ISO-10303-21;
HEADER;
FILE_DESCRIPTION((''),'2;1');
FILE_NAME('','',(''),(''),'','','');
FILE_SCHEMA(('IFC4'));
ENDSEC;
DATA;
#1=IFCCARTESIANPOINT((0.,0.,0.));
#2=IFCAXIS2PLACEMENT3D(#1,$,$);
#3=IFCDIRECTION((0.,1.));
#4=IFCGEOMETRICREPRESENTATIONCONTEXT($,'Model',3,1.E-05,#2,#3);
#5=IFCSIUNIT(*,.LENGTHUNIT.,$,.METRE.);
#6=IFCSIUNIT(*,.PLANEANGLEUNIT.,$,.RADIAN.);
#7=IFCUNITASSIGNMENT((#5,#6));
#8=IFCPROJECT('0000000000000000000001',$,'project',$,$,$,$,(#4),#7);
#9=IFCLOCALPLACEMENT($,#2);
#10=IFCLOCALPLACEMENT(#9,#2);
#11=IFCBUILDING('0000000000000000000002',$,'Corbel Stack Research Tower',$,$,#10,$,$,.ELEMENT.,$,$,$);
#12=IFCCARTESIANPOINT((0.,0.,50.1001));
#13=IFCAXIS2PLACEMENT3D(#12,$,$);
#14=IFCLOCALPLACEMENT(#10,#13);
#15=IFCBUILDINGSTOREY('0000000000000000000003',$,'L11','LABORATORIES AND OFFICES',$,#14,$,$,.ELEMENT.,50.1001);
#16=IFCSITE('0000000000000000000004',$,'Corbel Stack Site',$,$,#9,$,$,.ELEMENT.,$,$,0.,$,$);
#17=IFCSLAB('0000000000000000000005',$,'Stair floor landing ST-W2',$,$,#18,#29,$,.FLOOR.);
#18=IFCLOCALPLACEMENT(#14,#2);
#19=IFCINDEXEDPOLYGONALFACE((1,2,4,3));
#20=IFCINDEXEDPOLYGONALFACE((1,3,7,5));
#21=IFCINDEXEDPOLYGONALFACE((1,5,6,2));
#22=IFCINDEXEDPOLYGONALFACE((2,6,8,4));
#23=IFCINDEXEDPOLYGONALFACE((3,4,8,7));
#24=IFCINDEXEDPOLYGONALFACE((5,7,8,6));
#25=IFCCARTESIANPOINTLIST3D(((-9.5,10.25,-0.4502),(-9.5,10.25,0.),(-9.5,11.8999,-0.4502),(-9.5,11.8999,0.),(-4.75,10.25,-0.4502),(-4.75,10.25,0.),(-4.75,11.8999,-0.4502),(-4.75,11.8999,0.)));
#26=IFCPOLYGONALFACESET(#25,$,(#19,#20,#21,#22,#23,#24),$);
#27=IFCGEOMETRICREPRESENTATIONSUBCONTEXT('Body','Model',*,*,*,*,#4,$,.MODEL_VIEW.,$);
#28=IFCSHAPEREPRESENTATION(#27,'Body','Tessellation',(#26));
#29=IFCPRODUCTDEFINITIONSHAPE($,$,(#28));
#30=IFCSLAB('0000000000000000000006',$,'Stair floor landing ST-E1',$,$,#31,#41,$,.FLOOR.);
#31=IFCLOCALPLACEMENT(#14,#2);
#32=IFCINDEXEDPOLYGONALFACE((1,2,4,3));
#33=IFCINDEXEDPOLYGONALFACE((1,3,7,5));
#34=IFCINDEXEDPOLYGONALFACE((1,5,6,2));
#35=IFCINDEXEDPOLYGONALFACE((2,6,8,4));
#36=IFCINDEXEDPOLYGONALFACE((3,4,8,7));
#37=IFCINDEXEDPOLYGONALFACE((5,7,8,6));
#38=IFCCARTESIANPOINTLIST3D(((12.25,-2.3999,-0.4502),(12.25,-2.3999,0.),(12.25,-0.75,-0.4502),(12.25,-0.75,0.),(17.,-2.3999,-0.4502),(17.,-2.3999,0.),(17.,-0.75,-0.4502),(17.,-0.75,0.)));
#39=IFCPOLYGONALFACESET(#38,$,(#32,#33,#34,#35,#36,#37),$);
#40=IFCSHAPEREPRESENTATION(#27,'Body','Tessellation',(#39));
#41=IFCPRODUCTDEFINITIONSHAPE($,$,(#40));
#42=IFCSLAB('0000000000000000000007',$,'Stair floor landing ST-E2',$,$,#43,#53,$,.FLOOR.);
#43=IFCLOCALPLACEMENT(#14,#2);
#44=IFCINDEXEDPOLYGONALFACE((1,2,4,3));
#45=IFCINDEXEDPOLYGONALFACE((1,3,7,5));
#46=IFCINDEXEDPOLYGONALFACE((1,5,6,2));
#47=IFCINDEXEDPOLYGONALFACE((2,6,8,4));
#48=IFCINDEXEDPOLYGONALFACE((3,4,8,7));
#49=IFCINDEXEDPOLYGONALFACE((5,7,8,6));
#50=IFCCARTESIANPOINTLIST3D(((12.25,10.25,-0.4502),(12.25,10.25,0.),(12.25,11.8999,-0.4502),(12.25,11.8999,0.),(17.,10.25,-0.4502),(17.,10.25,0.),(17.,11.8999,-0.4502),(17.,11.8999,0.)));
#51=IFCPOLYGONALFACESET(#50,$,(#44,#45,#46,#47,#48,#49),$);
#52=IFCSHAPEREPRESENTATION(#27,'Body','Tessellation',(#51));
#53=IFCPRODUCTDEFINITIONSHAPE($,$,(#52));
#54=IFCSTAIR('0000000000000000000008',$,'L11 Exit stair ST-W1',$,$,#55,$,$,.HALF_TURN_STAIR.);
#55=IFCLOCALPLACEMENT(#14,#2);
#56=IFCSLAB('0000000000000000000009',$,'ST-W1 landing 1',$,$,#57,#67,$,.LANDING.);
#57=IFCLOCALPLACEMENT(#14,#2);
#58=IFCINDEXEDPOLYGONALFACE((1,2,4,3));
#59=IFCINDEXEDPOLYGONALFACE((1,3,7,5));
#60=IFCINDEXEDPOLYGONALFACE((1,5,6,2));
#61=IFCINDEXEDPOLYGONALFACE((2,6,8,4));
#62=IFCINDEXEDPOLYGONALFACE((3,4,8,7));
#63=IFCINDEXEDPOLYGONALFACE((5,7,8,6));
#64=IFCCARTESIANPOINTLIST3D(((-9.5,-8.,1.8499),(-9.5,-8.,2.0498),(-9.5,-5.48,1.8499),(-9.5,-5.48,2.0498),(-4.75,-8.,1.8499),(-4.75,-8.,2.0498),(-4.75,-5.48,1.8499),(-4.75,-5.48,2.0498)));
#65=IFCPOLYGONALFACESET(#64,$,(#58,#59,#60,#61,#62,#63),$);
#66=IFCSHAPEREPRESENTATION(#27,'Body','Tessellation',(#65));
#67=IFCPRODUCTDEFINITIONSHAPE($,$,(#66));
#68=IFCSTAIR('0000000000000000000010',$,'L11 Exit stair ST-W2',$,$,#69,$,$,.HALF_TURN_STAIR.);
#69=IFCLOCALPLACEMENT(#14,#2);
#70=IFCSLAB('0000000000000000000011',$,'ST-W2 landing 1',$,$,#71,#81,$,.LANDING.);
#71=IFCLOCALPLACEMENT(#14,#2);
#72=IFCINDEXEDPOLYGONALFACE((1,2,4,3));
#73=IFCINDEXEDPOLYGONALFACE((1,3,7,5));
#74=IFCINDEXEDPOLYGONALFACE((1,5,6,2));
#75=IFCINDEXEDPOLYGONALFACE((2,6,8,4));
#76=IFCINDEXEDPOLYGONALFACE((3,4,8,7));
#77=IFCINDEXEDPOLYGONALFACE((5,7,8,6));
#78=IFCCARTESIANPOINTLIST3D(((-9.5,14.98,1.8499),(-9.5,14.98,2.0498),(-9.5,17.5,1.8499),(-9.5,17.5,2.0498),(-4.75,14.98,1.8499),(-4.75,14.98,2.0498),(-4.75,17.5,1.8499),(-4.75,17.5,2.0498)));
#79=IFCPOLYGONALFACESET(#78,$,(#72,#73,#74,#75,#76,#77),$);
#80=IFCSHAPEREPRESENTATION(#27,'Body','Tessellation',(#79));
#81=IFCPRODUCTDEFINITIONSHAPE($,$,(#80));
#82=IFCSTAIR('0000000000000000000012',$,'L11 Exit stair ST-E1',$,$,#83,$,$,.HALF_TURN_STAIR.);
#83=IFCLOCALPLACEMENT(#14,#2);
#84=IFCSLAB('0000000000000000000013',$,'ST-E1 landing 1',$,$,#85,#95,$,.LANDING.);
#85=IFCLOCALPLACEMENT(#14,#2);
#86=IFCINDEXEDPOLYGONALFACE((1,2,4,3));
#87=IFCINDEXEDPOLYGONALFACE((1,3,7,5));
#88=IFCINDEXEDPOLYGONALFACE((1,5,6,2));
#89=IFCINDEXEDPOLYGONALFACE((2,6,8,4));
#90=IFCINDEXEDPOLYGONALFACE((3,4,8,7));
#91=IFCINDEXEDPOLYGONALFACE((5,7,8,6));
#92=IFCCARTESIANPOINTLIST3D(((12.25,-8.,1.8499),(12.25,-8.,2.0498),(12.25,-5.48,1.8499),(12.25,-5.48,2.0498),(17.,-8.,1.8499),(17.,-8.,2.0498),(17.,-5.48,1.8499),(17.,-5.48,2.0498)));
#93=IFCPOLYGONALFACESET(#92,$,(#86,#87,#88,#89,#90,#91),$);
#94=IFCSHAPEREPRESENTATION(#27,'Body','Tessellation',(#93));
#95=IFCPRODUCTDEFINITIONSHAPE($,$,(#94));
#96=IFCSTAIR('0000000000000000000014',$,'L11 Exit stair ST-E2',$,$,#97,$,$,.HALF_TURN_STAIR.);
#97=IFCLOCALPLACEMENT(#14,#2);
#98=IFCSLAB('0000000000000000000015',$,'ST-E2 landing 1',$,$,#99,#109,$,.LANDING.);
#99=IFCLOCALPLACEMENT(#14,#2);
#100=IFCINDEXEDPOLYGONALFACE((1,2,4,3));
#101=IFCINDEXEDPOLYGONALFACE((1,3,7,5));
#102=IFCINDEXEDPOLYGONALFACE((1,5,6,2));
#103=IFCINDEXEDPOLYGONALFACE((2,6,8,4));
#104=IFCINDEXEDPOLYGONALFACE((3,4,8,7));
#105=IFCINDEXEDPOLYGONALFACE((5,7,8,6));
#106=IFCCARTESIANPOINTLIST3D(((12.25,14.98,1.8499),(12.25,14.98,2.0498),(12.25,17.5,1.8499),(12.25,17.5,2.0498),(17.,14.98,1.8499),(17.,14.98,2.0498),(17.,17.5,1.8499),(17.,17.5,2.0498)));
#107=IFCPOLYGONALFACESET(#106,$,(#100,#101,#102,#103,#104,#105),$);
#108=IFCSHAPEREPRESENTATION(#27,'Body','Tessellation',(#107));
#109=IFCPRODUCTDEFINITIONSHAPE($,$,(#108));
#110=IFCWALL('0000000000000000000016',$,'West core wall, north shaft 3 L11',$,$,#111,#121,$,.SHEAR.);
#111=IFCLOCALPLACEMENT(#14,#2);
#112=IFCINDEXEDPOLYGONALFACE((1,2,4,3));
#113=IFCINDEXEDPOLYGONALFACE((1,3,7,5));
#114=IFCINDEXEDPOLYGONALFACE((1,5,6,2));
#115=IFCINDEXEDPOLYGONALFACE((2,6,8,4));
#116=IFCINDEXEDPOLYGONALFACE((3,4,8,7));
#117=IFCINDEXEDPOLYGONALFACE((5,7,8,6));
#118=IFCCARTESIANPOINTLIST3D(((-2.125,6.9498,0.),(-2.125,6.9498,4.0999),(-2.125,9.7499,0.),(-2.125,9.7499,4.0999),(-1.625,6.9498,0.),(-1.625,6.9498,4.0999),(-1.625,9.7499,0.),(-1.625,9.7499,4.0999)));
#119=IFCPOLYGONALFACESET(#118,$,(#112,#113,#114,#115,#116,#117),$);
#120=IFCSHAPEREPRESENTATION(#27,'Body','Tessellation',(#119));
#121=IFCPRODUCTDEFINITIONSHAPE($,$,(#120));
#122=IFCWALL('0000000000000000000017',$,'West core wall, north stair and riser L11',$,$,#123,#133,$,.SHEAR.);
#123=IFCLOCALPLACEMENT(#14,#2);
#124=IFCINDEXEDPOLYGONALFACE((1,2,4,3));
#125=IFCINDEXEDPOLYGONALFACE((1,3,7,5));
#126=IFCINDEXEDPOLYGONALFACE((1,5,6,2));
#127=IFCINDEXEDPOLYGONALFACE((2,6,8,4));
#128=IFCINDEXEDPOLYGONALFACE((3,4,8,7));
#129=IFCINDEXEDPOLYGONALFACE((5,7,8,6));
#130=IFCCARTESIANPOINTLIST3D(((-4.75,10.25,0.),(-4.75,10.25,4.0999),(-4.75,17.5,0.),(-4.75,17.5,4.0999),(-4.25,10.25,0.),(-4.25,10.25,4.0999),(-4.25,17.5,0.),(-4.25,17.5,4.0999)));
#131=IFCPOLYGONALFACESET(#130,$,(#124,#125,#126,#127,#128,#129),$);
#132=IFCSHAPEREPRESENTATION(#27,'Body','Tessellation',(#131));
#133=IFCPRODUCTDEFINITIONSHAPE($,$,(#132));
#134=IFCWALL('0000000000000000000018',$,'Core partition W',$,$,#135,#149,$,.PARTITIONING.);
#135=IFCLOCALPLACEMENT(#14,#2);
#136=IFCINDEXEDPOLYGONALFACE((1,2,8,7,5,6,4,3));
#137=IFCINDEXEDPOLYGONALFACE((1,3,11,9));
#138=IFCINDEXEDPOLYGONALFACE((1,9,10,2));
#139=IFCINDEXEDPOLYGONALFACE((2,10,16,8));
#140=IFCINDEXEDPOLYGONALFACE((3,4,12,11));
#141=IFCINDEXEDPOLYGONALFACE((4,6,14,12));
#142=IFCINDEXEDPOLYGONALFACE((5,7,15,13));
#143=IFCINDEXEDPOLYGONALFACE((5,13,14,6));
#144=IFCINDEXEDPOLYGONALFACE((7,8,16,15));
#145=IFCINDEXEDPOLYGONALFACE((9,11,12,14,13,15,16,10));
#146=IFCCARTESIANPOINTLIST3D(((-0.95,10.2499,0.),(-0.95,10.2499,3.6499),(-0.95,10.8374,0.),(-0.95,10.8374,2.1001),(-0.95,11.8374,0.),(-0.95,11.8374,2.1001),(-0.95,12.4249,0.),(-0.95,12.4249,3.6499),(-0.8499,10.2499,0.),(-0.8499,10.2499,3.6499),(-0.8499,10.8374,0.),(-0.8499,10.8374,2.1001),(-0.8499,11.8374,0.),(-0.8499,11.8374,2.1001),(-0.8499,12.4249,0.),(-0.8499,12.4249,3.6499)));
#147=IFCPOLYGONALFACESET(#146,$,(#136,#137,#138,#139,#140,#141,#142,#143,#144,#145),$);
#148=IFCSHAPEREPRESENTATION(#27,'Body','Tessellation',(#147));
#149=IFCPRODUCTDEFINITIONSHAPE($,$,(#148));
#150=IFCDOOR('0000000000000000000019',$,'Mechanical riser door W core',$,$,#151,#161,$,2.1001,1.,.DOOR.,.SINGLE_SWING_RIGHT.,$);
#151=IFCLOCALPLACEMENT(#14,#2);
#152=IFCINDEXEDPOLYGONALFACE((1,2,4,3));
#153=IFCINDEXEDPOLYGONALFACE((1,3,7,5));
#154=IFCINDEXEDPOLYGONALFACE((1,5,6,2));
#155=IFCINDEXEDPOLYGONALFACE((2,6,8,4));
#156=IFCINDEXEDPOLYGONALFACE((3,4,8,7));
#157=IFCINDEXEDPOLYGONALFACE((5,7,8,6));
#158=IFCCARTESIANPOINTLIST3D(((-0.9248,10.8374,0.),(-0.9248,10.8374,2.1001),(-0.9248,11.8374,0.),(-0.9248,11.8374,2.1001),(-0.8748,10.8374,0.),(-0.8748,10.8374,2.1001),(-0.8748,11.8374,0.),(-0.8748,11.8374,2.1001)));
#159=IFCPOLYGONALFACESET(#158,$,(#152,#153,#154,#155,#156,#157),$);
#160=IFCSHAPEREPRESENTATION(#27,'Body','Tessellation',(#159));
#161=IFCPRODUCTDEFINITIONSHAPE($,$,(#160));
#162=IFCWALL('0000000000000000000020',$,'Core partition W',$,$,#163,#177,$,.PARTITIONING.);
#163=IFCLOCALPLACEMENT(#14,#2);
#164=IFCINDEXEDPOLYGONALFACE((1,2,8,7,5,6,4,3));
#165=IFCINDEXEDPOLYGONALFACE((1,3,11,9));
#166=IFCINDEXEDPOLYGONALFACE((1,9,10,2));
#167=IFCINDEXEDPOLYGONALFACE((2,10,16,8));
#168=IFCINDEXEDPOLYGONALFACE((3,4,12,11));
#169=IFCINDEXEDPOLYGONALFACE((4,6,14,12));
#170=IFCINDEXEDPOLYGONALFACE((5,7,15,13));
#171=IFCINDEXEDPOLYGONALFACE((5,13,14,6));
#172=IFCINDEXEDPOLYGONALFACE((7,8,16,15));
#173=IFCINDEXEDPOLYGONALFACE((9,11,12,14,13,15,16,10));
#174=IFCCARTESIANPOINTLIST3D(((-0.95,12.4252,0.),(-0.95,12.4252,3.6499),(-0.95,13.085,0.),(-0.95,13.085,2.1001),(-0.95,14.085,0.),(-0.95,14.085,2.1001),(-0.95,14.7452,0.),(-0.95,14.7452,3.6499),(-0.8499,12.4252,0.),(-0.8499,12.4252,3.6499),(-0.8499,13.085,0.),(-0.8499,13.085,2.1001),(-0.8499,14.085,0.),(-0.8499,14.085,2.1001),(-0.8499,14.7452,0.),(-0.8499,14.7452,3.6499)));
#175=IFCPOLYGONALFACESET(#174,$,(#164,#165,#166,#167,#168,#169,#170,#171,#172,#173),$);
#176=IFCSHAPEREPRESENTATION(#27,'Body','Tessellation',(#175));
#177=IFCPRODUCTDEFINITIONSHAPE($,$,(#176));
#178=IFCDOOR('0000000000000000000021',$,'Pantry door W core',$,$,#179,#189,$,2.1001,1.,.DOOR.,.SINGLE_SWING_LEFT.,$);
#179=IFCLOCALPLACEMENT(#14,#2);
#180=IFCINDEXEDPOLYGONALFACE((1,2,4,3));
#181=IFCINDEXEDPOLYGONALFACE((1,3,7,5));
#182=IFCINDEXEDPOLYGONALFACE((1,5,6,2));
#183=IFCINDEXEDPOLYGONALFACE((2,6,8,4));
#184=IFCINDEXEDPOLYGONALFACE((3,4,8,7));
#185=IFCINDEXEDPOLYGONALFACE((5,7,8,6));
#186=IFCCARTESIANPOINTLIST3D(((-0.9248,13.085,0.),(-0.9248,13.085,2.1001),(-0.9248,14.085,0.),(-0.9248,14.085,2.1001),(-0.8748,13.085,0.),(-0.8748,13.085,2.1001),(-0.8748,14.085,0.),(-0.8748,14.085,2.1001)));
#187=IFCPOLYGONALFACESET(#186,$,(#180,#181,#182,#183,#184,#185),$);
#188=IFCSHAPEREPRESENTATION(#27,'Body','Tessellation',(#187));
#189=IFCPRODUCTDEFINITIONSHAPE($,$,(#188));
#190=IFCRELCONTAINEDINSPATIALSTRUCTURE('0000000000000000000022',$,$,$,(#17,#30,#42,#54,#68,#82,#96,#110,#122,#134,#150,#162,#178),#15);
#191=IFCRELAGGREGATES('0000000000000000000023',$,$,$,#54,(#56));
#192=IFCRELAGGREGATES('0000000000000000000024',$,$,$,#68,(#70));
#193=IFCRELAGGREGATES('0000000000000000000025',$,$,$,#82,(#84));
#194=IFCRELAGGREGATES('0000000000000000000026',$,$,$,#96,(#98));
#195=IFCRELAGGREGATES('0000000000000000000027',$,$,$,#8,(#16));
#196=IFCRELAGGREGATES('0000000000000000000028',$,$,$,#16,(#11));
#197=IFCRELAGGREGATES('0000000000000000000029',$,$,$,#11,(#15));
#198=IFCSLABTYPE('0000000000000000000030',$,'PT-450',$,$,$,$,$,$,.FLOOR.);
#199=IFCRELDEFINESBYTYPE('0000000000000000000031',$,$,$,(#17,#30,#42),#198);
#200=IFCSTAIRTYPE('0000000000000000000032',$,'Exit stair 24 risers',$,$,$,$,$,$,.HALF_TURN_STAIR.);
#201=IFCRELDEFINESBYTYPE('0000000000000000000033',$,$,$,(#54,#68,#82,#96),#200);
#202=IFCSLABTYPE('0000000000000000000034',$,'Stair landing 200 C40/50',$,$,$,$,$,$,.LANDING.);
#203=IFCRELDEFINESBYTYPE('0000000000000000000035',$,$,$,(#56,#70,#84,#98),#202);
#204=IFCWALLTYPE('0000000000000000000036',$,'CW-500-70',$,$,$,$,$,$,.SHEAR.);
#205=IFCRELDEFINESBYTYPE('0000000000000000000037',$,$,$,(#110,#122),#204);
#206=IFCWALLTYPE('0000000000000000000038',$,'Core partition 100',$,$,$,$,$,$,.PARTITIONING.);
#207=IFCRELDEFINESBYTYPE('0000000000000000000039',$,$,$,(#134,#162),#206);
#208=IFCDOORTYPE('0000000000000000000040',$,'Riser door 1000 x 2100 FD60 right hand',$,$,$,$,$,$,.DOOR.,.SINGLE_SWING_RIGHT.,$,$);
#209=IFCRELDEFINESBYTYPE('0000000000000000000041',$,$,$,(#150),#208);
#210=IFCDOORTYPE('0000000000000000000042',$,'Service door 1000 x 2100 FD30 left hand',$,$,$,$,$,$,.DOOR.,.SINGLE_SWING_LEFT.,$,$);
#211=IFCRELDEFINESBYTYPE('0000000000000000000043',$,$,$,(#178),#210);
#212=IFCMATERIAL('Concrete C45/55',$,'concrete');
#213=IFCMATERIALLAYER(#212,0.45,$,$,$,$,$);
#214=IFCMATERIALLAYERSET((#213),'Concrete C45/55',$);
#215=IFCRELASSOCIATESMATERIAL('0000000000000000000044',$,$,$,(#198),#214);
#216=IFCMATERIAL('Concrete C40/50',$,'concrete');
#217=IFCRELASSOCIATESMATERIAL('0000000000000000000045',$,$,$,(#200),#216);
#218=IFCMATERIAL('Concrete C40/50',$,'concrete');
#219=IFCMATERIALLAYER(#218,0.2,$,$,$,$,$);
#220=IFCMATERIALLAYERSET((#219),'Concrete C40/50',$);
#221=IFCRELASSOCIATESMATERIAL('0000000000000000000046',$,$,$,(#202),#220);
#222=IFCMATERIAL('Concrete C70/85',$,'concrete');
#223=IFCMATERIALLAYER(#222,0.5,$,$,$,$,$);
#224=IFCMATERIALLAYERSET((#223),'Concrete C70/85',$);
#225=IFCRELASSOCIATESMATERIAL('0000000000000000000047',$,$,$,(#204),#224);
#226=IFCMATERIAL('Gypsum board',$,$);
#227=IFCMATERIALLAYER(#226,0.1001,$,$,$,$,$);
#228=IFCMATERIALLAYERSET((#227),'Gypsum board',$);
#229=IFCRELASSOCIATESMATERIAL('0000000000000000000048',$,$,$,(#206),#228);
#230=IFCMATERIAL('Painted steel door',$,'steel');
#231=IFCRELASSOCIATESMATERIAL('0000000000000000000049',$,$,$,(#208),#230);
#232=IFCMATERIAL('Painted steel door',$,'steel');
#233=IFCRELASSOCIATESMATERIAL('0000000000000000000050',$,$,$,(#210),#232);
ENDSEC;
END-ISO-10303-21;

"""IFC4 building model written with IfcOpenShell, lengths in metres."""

from ifc_helpers import new_model, si_unit, direction, frame, frame_2d, origin, place, context, subcontext, project, spatial, polyline, rectangle, outline, extrude, material, layer, layer_set, type_object, element, fill, aggregate, save


model = new_model("IFC4")

# Units and contexts
model_context = context("Model", 3, precision=1e-05, world=origin(), true_north=direction((0.0, 1.0)))
body_context = subcontext(model_context, "Body", "Model", "MODEL_VIEW")
ifc_project = project(units=[si_unit("LENGTHUNIT", "METRE"), si_unit("PLANEANGLEUNIT", "RADIAN")], contexts=[model_context])

# Site, building, storey
site_placement = place(None, origin())
site = spatial("IfcSite", under=ifc_project, at=site_placement, Name="Corbel Stack Site", CompositionType="ELEMENT", RefElevation=0.0)
building_placement = place(site_placement, origin())
building = spatial("IfcBuilding", under=site, at=building_placement, Name="Corbel Stack Research Tower", CompositionType="ELEMENT")
storey_placement = place(building_placement, frame((0.0, 0.0, 50.1001)))
storey = spatial("IfcBuildingStorey", under=building, at=storey_placement, Name="L11", Description="LABORATORIES AND OFFICES", CompositionType="ELEMENT", Elevation=50.1001)

# Slabs
ifc_material_1 = material(Name="Concrete C45/55", Category="concrete")
ifc_layer_1 = layer(ifc_material_1, 0.45)
ifc_layer_set_1 = layer_set([ifc_layer_1], Name="Concrete C45/55")
slab_type_1 = type_object("IfcSlabType", Name="PT-450", PredefinedType="FLOOR", material=ifc_layer_set_1)
slab_1_placement = place(storey_placement, frame((0.0, 0.0, -0.4502)))
element("IfcSlab", 1, at=slab_1_placement, inside=storey, type_object=slab_type_1, Name="Stair floor landing ST-W2", PredefinedType="FLOOR", context=body_context, shape_type="SweptSolid", body=[
    extrude(outline(polyline([(-9.5, 10.25), (-4.75, 10.25), (-4.75, 11.8999), (-9.5, 11.8999), (-9.5, 10.25)])), origin(), (0.0, 0.0, 1.0), 0.4502),
])
slab_2_placement = place(storey_placement, frame((0.0, 0.0, -0.4502)))
element("IfcSlab", 2, at=slab_2_placement, inside=storey, type_object=slab_type_1, Name="Stair floor landing ST-E1", PredefinedType="FLOOR", context=body_context, shape_type="SweptSolid", body=[
    extrude(outline(polyline([(12.25, -2.3999), (17.0, -2.3999), (17.0, -0.75), (12.25, -0.75), (12.25, -2.3999)])), origin(), (0.0, 0.0, 1.0), 0.4502),
])
slab_3_placement = place(storey_placement, frame((0.0, 0.0, -0.4502)))
element("IfcSlab", 3, at=slab_3_placement, inside=storey, type_object=slab_type_1, Name="Stair floor landing ST-E2", PredefinedType="FLOOR", context=body_context, shape_type="SweptSolid", body=[
    extrude(outline(polyline([(12.25, 10.25), (17.0, 10.25), (17.0, 11.8999), (12.25, 11.8999), (12.25, 10.25)])), origin(), (0.0, 0.0, 1.0), 0.4502),
])

# Stairs, slabs
ifc_material_2 = material(Name="Concrete C40/50", Category="concrete")
stair_type = type_object("IfcStairType", Name="Exit stair 24 risers", PredefinedType="HALF_TURN_STAIR", material=ifc_material_2)
stair_1_placement = place(storey_placement, origin())
stair_1 = element("IfcStair", 4, at=stair_1_placement, inside=storey, type_object=stair_type, Name="L11 Exit stair ST-W1", PredefinedType="HALF_TURN_STAIR")
ifc_material_3 = material(Name="Concrete C40/50", Category="concrete")
ifc_layer_2 = layer(ifc_material_3, 0.2)
ifc_layer_set_2 = layer_set([ifc_layer_2], Name="Concrete C40/50")
slab_type_2 = type_object("IfcSlabType", Name="Stair landing 200 C40/50", PredefinedType="LANDING", material=ifc_layer_set_2)
slab_4_placement = place(storey_placement, frame((0.0, 0.0, 1.8499)))
slab_4 = element("IfcSlab", 5, at=slab_4_placement, type_object=slab_type_2, Name="ST-W1 landing 1", PredefinedType="LANDING", context=body_context, shape_type="SweptSolid", body=[
    extrude(outline(polyline([(-9.5, -8.0), (-9.5, -5.48), (-4.75, -5.48), (-4.75, -8.0), (-9.5, -8.0)])), origin(), (0.0, 0.0, 1.0), 0.2),
])
aggregate(stair_1, [slab_4])
stair_2_placement = place(storey_placement, origin())
stair_2 = element("IfcStair", 6, at=stair_2_placement, inside=storey, type_object=stair_type, Name="L11 Exit stair ST-W2", PredefinedType="HALF_TURN_STAIR")
slab_5_placement = place(storey_placement, frame((0.0, 0.0, 1.8499)))
slab_5 = element("IfcSlab", 7, at=slab_5_placement, type_object=slab_type_2, Name="ST-W2 landing 1", PredefinedType="LANDING", context=body_context, shape_type="SweptSolid", body=[
    extrude(outline(polyline([(-9.5, 14.98), (-9.5, 17.5), (-4.75, 17.5), (-4.75, 14.98), (-9.5, 14.98)])), origin(), (0.0, 0.0, 1.0), 0.2),
])
aggregate(stair_2, [slab_5])
stair_3_placement = place(storey_placement, origin())
stair_3 = element("IfcStair", 8, at=stair_3_placement, inside=storey, type_object=stair_type, Name="L11 Exit stair ST-E1", PredefinedType="HALF_TURN_STAIR")
slab_6_placement = place(storey_placement, frame((0.0, 0.0, 1.8499)))
slab_6 = element("IfcSlab", 9, at=slab_6_placement, type_object=slab_type_2, Name="ST-E1 landing 1", PredefinedType="LANDING", context=body_context, shape_type="SweptSolid", body=[
    extrude(outline(polyline([(12.25, -8.0), (12.25, -5.48), (17.0, -5.48), (17.0, -8.0), (12.25, -8.0)])), origin(), (0.0, 0.0, 1.0), 0.2),
])
aggregate(stair_3, [slab_6])
stair_4_placement = place(storey_placement, origin())
stair_4 = element("IfcStair", 10, at=stair_4_placement, inside=storey, type_object=stair_type, Name="L11 Exit stair ST-E2", PredefinedType="HALF_TURN_STAIR")
slab_7_placement = place(storey_placement, frame((0.0, 0.0, 1.8499)))
slab_7 = element("IfcSlab", 11, at=slab_7_placement, type_object=slab_type_2, Name="ST-E2 landing 1", PredefinedType="LANDING", context=body_context, shape_type="SweptSolid", body=[
    extrude(outline(polyline([(12.25, 14.98), (12.25, 17.5), (17.0, 17.5), (17.0, 14.98), (12.25, 14.98)])), origin(), (0.0, 0.0, 1.0), 0.2),
])
aggregate(stair_4, [slab_7])

# Walls
ifc_material_4 = material(Name="Concrete C70/85", Category="concrete")
ifc_layer_3 = layer(ifc_material_4, 0.5)
ifc_layer_set_3 = layer_set([ifc_layer_3], Name="Concrete C70/85")
wall_type_1 = type_object("IfcWallType", Name="CW-500-70", PredefinedType="SHEAR", material=ifc_layer_set_3)
wall_1_placement = place(storey_placement, frame((-1.875, 6.95, 0.0), z_axis=(0.0, 0.0, 1.0), x_axis=(0.0, 1.0, 0.0)))
element("IfcWall", 12, at=wall_1_placement, inside=storey, type_object=wall_type_1, Name="West core wall, north shaft 3 L11", PredefinedType="SHEAR", context=body_context, shape_type="SweptSolid", body=[
    extrude(rectangle(XDim=2.8, YDim=0.5, at=frame_2d((1.3999, 0.0))), origin(), (0.0, 0.0, 1.0), 4.0999),
])
wall_2_placement = place(storey_placement, frame((-4.5, 10.25, 0.0), z_axis=(0.0, 0.0, 1.0), x_axis=(0.0, 1.0, 0.0)))
element("IfcWall", 13, at=wall_2_placement, inside=storey, type_object=wall_type_1, Name="West core wall, north stair and riser L11", PredefinedType="SHEAR", context=body_context, shape_type="SweptSolid", body=[
    extrude(rectangle(XDim=7.25, YDim=0.5, at=frame_2d((3.625, 0.0))), origin(), (0.0, 0.0, 1.0), 4.0999),
])

# Walls, openings, doors
ifc_material_5 = material(Name="Gypsum board")
ifc_layer_4 = layer(ifc_material_5, 0.1001)
ifc_layer_set_4 = layer_set([ifc_layer_4], Name="Gypsum board")
wall_type_2 = type_object("IfcWallType", Name="Core partition 100", PredefinedType="PARTITIONING", material=ifc_layer_set_4)
wall_3_placement = place(storey_placement, frame((-0.8999, 10.25, 0.0), z_axis=(0.0, 0.0, 1.0), x_axis=(0.0, 1.0, 0.0)))
wall_3 = element("IfcWall", 14, at=wall_3_placement, inside=storey, type_object=wall_type_2, Name="Core partition W", PredefinedType="PARTITIONING", context=body_context, shape_type="SweptSolid", body=[
    extrude(rectangle(XDim=2.175, YDim=0.1001, at=frame_2d((1.0874, 0.0))), origin(), (0.0, 0.0, 1.0), 3.6499),
])
opening_1_placement = place(wall_3_placement, frame((0.5874, 0.0, 0.0)))
opening_1 = element("IfcOpeningElement", 15, at=opening_1_placement, cuts=wall_3, PredefinedType="OPENING", context=body_context, shape_type="SweptSolid", body=[
    extrude(rectangle(XDim=1.0, YDim=2.1001, at=frame_2d((0.5, 1.05))), frame((0.0, 0.0601, 0.0), z_axis=(0.0, -1.0, 0.0), x_axis=(1.0, 0.0, 0.0)), (0.0, 0.0, 1.0), 0.1201),
])
ifc_material_6 = material(Name="Painted steel door", Category="steel")
door_type_1 = type_object("IfcDoorType", Name="Riser door 1000 x 2100 FD60 right hand", OperationType="SINGLE_SWING_RIGHT", PredefinedType="DOOR", material=ifc_material_6)
door_1_placement = place(opening_1_placement, origin())
door_1 = element("IfcDoor", 16, at=door_1_placement, inside=storey, type_object=door_type_1, Name="Mechanical riser door W core", OperationType="SINGLE_SWING_RIGHT", OverallHeight=2.1001, OverallWidth=1.0, PredefinedType="DOOR", context=body_context, shape_type="SweptSolid", body=[
    extrude(rectangle(XDim=1.0, YDim=2.1001, at=frame_2d((0.5, 1.05))), frame((0.0, 0.0249, 0.0), z_axis=(0.0, -1.0, 0.0), x_axis=(1.0, 0.0, 0.0)), (0.0, 0.0, 1.0), 0.05),
])
fill(opening_1, door_1)
wall_4_placement = place(storey_placement, frame((-0.8999, 12.425, 0.0), z_axis=(0.0, 0.0, 1.0), x_axis=(0.0, 1.0, 0.0)))
wall_4 = element("IfcWall", 17, at=wall_4_placement, inside=storey, type_object=wall_type_2, Name="Core partition W", PredefinedType="PARTITIONING", context=body_context, shape_type="SweptSolid", body=[
    extrude(rectangle(XDim=2.3201, YDim=0.1001, at=frame_2d((1.1602, 0.0))), origin(), (0.0, 0.0, 1.0), 3.6499),
])
opening_2_placement = place(wall_4_placement, frame((0.6599, 0.0, 0.0)))
opening_2 = element("IfcOpeningElement", 18, at=opening_2_placement, cuts=wall_4, PredefinedType="OPENING", context=body_context, shape_type="SweptSolid", body=[
    extrude(rectangle(XDim=1.0, YDim=2.1001, at=frame_2d((0.5, 1.05))), frame((0.0, 0.0601, 0.0), z_axis=(0.0, -1.0, 0.0), x_axis=(1.0, 0.0, 0.0)), (0.0, 0.0, 1.0), 0.1201),
])
ifc_material_7 = material(Name="Painted steel door", Category="steel")
door_type_2 = type_object("IfcDoorType", Name="Service door 1000 x 2100 FD30 left hand", OperationType="SINGLE_SWING_LEFT", PredefinedType="DOOR", material=ifc_material_7)
door_2_placement = place(opening_2_placement, origin())
door_2 = element("IfcDoor", 19, at=door_2_placement, inside=storey, type_object=door_type_2, Name="Pantry door W core", OperationType="SINGLE_SWING_LEFT", OverallHeight=2.1001, OverallWidth=1.0, PredefinedType="DOOR", context=body_context, shape_type="SweptSolid", body=[
    extrude(rectangle(XDim=1.0, YDim=2.1001, at=frame_2d((0.5, 1.05))), frame((0.0, 0.0249, 0.0), z_axis=(0.0, -1.0, 0.0), x_axis=(1.0, 0.0, 0.0)), (0.0, 0.0, 1.0), 0.05),
])
fill(opening_2, door_2)

save(model, "model.ifc")
